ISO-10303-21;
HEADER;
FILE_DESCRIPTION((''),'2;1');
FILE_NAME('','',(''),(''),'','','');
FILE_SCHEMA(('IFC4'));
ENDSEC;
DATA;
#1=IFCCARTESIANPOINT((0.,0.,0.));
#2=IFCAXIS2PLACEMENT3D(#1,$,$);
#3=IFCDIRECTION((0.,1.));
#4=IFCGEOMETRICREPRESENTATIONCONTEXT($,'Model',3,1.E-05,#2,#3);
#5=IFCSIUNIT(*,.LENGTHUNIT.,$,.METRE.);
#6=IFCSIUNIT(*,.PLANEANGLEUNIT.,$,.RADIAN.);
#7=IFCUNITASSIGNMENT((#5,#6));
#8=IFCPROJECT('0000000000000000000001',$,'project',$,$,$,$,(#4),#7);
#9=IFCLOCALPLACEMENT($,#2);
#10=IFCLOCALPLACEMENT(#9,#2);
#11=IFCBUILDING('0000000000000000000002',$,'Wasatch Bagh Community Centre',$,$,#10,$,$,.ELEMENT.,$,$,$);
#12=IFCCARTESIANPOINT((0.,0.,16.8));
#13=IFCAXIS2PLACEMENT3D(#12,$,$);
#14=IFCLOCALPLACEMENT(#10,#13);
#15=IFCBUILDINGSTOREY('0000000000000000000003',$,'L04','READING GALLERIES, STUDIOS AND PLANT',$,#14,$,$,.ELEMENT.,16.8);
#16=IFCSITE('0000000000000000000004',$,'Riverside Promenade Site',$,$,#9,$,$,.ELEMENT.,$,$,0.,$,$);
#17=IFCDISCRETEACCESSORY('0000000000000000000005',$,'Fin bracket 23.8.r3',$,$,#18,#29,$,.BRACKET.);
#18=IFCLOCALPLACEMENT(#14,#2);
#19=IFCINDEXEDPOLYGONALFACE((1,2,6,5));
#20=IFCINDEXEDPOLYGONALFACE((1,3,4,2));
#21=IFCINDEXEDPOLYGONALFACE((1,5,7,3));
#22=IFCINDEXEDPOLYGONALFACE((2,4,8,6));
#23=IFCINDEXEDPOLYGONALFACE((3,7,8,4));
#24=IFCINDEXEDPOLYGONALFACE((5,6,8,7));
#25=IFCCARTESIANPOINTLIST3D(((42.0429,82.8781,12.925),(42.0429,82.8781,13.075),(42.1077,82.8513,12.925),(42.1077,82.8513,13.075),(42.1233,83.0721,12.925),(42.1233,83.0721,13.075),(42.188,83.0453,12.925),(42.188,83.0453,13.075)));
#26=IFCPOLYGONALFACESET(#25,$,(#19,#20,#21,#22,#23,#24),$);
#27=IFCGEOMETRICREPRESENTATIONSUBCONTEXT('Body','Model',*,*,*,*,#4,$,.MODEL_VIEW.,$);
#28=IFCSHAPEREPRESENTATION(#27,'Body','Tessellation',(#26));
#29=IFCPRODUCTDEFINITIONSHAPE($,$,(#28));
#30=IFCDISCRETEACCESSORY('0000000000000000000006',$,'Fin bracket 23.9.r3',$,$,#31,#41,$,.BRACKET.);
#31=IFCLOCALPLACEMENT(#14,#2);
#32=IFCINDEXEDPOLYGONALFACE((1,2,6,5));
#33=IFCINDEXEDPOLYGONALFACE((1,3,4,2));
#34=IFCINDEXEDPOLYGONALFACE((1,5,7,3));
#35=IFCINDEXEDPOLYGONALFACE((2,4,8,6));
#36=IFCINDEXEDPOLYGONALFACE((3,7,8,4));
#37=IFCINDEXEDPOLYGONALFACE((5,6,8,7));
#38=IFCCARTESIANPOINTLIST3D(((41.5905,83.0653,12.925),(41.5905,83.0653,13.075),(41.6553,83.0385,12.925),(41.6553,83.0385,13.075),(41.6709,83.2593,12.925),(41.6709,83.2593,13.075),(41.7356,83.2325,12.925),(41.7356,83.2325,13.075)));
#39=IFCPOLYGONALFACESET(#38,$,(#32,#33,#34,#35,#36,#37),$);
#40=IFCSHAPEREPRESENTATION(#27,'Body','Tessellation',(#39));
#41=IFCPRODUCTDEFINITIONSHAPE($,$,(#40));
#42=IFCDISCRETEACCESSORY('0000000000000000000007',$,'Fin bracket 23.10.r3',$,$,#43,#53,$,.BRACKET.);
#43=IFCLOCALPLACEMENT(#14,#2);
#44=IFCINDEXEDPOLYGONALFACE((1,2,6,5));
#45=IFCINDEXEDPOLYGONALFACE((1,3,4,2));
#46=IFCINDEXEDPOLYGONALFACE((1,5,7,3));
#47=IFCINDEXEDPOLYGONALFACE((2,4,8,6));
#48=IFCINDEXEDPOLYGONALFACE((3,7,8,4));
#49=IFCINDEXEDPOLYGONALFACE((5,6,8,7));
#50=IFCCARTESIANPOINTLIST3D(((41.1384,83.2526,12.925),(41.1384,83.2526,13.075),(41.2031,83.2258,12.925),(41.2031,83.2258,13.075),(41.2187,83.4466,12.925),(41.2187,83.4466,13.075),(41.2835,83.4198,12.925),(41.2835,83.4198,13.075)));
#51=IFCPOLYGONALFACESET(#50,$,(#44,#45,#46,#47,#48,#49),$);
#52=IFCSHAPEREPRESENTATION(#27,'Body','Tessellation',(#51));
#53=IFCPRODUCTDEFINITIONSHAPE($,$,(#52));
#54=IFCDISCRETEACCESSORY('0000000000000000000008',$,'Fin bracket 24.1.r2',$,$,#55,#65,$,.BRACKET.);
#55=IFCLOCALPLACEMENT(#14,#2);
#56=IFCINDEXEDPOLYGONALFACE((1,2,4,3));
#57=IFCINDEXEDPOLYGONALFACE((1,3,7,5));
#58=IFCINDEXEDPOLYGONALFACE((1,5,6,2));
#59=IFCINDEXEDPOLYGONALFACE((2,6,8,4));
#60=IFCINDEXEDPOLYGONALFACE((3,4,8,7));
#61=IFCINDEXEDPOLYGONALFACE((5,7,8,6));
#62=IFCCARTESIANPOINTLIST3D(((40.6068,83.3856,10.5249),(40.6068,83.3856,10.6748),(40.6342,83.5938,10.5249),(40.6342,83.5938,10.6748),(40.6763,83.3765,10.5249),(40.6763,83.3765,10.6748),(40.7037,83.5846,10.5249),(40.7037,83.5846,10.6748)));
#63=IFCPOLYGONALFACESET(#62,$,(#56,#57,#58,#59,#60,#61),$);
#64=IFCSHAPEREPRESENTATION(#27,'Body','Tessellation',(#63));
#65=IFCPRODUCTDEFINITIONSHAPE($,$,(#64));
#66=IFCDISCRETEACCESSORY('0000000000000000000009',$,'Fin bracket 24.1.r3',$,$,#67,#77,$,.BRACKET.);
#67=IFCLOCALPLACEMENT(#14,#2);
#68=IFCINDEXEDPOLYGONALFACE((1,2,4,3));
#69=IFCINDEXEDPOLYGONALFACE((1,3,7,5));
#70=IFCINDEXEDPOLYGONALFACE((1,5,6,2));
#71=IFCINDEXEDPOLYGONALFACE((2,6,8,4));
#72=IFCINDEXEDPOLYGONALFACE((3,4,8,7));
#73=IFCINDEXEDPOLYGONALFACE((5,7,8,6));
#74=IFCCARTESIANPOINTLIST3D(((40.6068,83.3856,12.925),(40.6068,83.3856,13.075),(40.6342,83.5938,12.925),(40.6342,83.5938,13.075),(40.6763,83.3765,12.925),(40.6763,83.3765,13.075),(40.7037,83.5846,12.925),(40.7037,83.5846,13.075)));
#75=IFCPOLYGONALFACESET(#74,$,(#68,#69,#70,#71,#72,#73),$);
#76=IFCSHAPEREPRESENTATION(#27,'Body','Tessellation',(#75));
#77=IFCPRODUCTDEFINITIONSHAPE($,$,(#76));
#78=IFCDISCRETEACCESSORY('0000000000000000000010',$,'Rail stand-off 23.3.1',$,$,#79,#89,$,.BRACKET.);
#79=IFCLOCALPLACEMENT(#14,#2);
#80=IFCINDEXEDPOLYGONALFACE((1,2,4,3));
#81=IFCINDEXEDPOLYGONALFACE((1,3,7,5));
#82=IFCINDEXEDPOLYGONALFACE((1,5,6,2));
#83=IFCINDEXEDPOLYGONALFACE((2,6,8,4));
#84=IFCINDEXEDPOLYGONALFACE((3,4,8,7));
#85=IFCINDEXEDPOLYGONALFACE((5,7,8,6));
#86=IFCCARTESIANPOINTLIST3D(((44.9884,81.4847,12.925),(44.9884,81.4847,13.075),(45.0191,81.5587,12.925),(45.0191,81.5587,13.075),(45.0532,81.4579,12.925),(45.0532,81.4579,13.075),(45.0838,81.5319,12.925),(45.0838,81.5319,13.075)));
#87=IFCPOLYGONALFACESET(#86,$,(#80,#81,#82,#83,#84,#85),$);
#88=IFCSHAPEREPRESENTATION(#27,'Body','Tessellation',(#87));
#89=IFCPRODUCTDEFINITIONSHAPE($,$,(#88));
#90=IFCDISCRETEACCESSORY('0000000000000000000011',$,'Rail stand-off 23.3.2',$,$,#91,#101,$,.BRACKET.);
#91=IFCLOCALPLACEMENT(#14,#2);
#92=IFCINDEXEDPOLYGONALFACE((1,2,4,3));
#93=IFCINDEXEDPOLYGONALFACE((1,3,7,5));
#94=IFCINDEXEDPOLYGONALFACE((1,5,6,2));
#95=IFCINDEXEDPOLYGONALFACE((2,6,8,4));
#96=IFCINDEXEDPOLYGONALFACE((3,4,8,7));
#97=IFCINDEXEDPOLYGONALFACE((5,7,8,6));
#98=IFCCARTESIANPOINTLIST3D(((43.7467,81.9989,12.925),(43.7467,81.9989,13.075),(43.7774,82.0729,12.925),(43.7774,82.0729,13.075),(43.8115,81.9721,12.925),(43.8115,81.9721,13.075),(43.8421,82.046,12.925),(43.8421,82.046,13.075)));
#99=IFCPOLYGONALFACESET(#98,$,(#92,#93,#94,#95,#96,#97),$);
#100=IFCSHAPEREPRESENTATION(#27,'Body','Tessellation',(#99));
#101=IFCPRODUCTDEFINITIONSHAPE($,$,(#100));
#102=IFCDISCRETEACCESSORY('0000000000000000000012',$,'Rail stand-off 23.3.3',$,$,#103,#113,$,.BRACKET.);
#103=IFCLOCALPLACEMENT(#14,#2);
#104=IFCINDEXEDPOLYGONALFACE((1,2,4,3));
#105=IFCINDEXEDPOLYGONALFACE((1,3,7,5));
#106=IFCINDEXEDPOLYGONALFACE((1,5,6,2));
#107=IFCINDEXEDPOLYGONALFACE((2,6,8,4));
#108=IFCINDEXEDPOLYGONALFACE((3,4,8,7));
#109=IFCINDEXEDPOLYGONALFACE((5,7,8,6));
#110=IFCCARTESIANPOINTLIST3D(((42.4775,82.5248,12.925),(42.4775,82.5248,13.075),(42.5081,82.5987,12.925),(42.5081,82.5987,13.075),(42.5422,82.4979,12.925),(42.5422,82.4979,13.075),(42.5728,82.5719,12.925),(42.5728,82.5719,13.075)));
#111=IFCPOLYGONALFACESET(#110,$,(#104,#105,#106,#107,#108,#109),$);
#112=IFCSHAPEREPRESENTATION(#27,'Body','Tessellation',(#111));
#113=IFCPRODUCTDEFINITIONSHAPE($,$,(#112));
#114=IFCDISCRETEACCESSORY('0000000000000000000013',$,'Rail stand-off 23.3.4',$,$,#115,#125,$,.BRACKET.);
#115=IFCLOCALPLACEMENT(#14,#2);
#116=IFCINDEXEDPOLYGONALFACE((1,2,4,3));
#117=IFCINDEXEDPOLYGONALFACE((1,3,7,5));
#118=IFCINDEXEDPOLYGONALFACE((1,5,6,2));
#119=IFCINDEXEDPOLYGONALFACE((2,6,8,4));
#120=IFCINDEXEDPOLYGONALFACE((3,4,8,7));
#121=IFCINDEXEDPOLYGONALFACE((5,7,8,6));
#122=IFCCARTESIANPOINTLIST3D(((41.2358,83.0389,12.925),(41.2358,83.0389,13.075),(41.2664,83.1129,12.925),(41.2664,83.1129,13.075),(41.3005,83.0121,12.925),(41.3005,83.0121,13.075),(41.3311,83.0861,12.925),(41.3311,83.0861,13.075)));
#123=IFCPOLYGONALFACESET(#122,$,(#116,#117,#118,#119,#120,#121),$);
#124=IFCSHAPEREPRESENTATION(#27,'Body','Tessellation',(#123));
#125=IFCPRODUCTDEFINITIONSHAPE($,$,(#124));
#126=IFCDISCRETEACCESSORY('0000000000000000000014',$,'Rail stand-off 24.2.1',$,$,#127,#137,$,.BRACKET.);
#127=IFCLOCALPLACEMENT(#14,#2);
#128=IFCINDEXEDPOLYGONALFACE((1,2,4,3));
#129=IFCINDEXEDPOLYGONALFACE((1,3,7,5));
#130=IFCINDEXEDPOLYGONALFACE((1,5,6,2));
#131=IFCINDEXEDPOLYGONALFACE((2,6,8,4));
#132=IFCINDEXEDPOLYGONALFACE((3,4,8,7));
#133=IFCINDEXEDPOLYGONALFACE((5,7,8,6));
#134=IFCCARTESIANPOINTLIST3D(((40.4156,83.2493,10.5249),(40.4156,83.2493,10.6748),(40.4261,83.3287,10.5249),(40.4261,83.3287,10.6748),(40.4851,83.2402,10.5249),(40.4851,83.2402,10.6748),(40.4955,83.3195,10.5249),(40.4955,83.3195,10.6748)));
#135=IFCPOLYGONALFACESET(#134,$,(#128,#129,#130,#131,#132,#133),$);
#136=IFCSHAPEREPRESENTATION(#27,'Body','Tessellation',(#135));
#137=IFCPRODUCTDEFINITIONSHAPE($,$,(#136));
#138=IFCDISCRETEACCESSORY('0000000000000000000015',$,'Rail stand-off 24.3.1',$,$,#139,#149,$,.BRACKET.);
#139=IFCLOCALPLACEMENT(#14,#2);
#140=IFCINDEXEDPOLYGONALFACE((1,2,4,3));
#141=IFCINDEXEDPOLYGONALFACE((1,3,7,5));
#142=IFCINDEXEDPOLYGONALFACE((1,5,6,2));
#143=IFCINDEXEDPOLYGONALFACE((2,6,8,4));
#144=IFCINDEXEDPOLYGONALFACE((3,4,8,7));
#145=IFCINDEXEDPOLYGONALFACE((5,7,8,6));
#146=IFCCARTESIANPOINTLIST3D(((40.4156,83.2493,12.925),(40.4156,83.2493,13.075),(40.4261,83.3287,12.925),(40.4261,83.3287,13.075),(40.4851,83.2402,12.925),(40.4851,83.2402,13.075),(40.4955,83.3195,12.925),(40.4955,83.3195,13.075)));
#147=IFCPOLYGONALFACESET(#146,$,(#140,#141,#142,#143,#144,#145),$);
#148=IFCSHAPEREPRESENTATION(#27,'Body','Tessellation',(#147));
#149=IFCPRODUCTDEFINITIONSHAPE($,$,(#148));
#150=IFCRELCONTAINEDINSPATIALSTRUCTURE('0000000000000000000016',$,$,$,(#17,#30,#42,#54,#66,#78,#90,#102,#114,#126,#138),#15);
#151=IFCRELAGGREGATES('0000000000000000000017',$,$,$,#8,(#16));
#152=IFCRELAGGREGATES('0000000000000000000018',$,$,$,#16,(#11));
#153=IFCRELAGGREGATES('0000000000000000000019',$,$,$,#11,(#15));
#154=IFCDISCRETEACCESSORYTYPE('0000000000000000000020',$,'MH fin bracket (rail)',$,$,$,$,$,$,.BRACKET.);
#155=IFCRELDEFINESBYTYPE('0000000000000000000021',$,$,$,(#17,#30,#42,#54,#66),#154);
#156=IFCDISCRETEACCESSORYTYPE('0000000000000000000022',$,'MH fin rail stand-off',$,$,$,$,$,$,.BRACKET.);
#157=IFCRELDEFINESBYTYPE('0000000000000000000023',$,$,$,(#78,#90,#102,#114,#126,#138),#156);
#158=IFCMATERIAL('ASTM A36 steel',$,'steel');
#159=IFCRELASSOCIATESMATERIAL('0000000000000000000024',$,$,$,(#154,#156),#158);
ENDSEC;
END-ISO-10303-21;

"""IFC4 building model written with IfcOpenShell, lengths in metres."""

from ifc_helpers import new_model, si_unit, direction, frame, origin, origin_2d, place, context, subcontext, project, spatial, rectangle, extrude, material, type_object, element, save


model = new_model("IFC4")

# Units and contexts
model_context = context("Model", 3, precision=1e-05, world=origin(), true_north=direction((0.0, 1.0)))
body_context = subcontext(model_context, "Body", "Model", "MODEL_VIEW")
ifc_project = project(units=[si_unit("LENGTHUNIT", "METRE"), si_unit("PLANEANGLEUNIT", "RADIAN")], contexts=[model_context])

# Site, building, storey
site_placement = place(None, origin())
site = spatial("IfcSite", under=ifc_project, at=site_placement, Name="Riverside Promenade Site", CompositionType="ELEMENT", RefElevation=0.0)
building_placement = place(site_placement, origin())
building = spatial("IfcBuilding", under=site, at=building_placement, Name="Wasatch Bagh Community Centre", CompositionType="ELEMENT")
storey_placement = place(building_placement, frame((0.0, 0.0, 16.8)))
storey = spatial("IfcBuildingStorey", under=building, at=storey_placement, Name="L04", Description="READING GALLERIES, STUDIOS AND PLANT", CompositionType="ELEMENT", Elevation=16.8)

# Discrete accessories
ifc_material_1 = material(Name="ASTM A36 steel", Category="steel")
discrete_accessory_type_1 = type_object("IfcDiscreteAccessoryType", Name="MH fin bracket (rail)", PredefinedType="BRACKET", material=ifc_material_1)
for number, where, z_axis, x_axis, name in (
    (1, (42.1155, 82.9617, 12.925), (0.0, 0.0, 1.0), (-0.92388, 0.382683, 0.0), "Fin bracket 23.8.r3"),
    (2, (41.6631, 83.1489, 12.925), (0.0, 0.0, 1.0), (-0.92388, 0.382683, 0.0), "Fin bracket 23.9.r3"),
    (3, (41.2109, 83.3362, 12.925), (0.0, 0.0, 1.0), (-0.92388, 0.382683, 0.0), "Fin bracket 23.10.r3"),
    (4, (40.6553, 83.4851, 10.5249), (0.0, 0.0, 1.0), (-0.991445, 0.130526, 0.0), "Fin bracket 24.1.r2"),
    (5, (40.6553, 83.4851, 12.925), (0.0, 0.0, 1.0), (-0.991445, 0.130526, 0.0), "Fin bracket 24.1.r3"),
):
    element("IfcDiscreteAccessory", number, at=place(storey_placement, frame(where, z_axis=z_axis, x_axis=x_axis)), inside=storey, type_object=discrete_accessory_type_1, Name=name, PredefinedType="BRACKET", context=body_context, shape_type="SweptSolid", body=[
        extrude(rectangle(XDim=0.0701, YDim=0.21, at=origin_2d()), origin(), (0.0, 0.0, 1.0), 0.1499),
    ])
discrete_accessory_type_2 = type_object("IfcDiscreteAccessoryType", Name="MH fin rail stand-off", PredefinedType="BRACKET", material=ifc_material_1)
for number, where, z_axis, x_axis, name in (
    (6, (45.0361, 81.5083, 12.925), (0.0, 0.0, 1.0), (-0.92388, 0.382683, 0.0), "Rail stand-off 23.3.1"),
    (7, (43.7944, 82.0225, 12.925), (0.0, 0.0, 1.0), (-0.92388, 0.382683, 0.0), "Rail stand-off 23.3.2"),
    (8, (42.5251, 82.5483, 12.925), (0.0, 0.0, 1.0), (-0.92388, 0.382683, 0.0), "Rail stand-off 23.3.3"),
    (9, (41.2834, 83.0625, 12.925), (0.0, 0.0, 1.0), (-0.92388, 0.382683, 0.0), "Rail stand-off 23.3.4"),
    (10, (40.4556, 83.2844, 10.5249), (0.0, 0.0, 1.0), (-0.991445, 0.130526, 0.0), "Rail stand-off 24.2.1"),
    (11, (40.4556, 83.2844, 12.925), (0.0, 0.0, 1.0), (-0.991445, 0.130526, 0.0), "Rail stand-off 24.3.1"),
):
    element("IfcDiscreteAccessory", number, at=place(storey_placement, frame(where, z_axis=z_axis, x_axis=x_axis)), inside=storey, type_object=discrete_accessory_type_2, Name=name, PredefinedType="BRACKET", context=body_context, shape_type="SweptSolid", body=[
        extrude(rectangle(XDim=0.0701, YDim=0.0801, at=origin_2d()), origin(), (0.0, 0.0, 1.0), 0.1499),
    ])

save(model, "model.ifc")
